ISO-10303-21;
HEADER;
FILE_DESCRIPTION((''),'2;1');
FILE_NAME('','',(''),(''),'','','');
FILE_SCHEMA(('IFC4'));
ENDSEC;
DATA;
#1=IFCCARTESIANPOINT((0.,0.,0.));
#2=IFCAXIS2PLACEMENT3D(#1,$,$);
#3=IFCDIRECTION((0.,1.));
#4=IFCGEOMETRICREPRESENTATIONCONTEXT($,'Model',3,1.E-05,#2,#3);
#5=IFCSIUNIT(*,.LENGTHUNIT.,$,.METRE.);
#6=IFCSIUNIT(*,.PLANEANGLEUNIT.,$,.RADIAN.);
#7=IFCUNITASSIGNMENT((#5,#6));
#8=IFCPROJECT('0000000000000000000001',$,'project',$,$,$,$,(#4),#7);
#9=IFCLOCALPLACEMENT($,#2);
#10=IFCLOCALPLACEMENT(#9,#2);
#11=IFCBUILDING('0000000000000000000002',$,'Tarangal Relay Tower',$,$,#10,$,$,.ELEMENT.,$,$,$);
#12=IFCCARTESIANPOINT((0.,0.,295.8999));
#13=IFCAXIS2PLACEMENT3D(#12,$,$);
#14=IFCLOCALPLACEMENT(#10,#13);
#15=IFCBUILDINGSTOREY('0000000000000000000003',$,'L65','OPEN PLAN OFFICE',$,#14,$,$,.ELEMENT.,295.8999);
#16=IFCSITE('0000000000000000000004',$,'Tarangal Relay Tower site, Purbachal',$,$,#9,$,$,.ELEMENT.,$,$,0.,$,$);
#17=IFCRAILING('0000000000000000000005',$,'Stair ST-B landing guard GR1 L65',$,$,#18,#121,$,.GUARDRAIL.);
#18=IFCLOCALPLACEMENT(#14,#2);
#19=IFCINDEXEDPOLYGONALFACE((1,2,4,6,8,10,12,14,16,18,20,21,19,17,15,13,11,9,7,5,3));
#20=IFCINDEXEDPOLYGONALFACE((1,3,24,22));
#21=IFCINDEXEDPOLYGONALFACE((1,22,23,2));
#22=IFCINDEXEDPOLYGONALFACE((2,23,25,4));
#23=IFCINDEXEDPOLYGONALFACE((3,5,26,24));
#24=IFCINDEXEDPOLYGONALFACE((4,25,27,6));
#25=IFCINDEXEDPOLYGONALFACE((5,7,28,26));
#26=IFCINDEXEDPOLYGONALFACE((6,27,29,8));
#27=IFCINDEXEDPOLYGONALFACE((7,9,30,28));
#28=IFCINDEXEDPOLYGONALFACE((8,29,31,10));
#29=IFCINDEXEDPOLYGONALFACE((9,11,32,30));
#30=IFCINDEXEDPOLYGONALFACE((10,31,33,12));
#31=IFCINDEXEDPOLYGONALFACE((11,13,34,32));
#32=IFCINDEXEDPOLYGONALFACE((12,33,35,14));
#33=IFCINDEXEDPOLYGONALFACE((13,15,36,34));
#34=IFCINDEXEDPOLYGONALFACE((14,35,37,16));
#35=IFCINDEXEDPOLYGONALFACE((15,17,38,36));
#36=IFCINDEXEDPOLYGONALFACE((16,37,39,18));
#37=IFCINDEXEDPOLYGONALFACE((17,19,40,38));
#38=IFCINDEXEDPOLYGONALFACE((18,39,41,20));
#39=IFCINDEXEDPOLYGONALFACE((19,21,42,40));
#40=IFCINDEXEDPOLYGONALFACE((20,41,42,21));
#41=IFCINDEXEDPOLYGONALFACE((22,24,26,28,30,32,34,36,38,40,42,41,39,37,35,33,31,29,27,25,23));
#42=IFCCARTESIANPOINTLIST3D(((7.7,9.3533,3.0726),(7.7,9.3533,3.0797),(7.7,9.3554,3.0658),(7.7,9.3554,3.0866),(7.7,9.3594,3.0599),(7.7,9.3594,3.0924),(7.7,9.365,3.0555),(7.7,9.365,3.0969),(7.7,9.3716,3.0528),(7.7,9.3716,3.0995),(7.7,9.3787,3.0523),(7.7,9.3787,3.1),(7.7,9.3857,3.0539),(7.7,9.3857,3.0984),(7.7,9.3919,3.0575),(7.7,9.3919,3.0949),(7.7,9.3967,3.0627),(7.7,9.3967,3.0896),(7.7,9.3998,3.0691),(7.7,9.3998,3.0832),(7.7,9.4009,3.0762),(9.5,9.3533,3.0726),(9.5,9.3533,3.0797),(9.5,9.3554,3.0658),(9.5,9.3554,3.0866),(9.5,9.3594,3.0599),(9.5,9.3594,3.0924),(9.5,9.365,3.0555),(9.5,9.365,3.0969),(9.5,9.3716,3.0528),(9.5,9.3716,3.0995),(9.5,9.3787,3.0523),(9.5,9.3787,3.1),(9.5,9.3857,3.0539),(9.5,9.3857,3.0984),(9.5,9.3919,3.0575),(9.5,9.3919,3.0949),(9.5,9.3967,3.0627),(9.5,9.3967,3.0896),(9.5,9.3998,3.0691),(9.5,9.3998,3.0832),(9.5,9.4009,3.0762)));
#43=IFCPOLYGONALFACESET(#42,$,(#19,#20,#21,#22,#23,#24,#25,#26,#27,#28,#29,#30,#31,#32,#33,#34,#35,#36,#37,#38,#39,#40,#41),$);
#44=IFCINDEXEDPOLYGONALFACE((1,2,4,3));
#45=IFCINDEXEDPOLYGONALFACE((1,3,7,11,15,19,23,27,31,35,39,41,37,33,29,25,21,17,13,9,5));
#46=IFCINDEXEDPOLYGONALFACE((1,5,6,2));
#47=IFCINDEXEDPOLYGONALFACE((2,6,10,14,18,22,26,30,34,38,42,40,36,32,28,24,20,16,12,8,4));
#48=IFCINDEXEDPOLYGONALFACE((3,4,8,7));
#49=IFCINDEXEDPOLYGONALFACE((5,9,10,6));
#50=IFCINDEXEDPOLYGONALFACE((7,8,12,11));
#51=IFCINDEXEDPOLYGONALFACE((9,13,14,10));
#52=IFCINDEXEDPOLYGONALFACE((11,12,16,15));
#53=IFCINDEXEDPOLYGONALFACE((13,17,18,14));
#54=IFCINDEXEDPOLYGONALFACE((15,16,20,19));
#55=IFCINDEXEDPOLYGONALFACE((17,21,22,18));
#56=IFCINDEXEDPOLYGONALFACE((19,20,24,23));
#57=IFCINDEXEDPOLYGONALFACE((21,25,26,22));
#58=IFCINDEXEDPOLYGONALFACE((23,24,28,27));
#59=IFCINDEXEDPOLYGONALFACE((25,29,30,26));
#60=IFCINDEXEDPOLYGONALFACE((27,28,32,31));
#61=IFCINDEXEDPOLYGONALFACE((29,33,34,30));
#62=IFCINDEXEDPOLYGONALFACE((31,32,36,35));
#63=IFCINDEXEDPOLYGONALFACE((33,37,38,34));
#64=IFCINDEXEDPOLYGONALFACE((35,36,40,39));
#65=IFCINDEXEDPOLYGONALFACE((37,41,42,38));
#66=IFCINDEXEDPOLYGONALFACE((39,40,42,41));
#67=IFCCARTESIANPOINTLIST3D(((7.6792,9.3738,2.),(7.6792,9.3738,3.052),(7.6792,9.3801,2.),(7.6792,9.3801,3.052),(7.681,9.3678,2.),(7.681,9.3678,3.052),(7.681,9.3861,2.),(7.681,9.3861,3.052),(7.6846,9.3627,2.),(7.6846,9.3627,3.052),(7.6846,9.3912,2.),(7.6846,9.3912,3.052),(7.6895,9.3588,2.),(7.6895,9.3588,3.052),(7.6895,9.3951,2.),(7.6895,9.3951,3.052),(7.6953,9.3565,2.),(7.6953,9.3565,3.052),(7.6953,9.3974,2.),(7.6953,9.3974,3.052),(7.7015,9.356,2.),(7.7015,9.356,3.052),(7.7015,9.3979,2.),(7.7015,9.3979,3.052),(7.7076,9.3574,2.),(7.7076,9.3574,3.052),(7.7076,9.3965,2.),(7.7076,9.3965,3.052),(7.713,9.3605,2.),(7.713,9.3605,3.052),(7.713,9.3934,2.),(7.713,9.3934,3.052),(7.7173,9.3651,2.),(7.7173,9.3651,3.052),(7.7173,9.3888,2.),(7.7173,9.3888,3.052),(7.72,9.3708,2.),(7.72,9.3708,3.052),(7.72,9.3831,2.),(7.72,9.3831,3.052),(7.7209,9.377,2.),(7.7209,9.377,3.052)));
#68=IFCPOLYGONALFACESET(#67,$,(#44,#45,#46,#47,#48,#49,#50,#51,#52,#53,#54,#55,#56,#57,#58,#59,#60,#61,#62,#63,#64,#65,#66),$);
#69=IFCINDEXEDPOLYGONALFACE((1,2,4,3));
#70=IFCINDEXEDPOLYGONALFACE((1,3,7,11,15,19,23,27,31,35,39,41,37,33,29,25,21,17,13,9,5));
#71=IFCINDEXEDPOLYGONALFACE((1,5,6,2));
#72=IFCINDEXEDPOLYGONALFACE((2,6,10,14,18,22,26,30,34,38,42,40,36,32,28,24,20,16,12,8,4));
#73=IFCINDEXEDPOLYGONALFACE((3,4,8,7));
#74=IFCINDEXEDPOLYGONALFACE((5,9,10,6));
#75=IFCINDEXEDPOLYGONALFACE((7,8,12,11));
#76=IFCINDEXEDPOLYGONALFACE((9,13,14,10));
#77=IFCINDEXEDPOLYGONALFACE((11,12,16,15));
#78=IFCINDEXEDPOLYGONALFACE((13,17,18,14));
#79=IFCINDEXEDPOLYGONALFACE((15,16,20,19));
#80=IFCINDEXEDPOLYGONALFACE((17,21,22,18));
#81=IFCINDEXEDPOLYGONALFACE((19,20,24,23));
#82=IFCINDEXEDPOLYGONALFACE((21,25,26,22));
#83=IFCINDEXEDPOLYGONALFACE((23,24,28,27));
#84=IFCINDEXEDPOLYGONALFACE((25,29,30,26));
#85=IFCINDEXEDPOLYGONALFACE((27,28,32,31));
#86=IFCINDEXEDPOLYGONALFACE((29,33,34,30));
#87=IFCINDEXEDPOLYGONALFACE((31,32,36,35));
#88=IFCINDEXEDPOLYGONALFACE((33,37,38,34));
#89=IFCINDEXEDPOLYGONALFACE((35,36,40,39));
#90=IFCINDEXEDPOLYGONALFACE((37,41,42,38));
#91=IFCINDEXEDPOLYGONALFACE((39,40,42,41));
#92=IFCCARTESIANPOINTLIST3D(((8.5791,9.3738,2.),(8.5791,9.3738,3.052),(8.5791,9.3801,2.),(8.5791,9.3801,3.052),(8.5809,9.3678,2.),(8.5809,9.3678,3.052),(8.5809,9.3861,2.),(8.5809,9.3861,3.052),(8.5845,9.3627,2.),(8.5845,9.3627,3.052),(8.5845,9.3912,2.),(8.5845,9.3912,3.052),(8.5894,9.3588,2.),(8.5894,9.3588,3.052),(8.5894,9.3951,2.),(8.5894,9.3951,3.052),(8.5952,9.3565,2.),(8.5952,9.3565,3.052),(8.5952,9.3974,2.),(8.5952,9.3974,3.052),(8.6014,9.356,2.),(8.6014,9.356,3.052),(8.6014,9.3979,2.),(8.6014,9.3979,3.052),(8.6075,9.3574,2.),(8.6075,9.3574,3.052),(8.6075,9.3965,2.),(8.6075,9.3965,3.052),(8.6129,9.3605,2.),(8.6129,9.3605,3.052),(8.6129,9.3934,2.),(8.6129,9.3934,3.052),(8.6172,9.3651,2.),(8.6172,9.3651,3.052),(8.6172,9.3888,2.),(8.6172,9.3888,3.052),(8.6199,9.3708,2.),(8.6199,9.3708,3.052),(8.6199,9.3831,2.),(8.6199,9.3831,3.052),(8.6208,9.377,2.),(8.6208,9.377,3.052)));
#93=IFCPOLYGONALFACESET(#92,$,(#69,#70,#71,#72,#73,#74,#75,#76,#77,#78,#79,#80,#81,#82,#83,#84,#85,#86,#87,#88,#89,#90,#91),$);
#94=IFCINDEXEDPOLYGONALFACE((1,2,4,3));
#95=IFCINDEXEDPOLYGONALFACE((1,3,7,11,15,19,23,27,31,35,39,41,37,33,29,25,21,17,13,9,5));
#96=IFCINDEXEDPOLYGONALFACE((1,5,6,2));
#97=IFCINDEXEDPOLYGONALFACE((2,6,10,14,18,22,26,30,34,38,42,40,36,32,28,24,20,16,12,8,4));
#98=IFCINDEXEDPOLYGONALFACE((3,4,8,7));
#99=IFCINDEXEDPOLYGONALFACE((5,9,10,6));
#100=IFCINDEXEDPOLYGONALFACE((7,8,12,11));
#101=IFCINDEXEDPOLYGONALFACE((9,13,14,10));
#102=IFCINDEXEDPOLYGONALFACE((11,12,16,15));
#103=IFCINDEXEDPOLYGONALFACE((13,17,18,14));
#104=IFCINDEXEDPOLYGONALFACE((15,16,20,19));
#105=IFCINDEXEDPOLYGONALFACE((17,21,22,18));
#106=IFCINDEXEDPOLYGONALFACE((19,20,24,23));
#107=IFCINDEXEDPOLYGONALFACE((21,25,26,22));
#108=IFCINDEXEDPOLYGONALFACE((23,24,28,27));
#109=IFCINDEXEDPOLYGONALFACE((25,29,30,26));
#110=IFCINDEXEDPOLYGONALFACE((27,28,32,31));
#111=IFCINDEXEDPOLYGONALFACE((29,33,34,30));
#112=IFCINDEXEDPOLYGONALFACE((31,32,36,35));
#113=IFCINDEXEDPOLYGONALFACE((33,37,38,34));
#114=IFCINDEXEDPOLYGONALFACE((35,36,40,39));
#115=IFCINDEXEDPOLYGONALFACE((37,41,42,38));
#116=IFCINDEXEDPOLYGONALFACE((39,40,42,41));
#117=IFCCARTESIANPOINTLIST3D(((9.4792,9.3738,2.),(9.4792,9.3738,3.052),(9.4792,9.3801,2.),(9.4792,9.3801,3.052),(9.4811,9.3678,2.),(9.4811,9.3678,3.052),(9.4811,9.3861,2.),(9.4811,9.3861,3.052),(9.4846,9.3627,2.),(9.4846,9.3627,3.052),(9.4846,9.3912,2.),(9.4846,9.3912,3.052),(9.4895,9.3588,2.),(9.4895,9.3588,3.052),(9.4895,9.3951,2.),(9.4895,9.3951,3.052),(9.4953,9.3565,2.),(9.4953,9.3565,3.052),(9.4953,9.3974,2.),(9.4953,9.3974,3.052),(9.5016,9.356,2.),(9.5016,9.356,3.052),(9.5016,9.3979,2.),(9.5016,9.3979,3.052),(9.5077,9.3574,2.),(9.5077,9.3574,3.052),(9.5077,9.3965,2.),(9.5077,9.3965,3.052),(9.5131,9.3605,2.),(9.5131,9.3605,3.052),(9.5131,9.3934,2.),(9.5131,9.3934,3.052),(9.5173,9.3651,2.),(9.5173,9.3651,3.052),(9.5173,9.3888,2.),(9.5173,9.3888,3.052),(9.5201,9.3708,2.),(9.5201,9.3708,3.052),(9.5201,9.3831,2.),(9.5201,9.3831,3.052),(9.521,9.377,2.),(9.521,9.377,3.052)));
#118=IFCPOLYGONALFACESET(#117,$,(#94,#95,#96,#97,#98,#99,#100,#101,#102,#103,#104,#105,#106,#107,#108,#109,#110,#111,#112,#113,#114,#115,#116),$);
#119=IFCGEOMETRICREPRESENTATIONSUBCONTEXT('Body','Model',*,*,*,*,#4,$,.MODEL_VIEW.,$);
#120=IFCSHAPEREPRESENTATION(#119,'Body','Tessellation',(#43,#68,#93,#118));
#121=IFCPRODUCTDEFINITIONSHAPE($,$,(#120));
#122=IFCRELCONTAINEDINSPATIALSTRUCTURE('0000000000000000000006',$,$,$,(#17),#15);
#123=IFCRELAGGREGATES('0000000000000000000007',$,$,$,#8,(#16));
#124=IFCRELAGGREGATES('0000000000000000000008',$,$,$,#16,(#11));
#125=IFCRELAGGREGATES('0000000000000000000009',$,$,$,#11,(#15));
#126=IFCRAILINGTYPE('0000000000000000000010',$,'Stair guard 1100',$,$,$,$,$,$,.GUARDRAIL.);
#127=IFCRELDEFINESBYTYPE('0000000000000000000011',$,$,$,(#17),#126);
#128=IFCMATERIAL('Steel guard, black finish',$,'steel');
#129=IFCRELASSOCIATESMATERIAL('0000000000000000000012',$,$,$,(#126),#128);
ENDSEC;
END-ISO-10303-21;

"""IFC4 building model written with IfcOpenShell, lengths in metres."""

from ifc_helpers import new_model, si_unit, direction, frame, origin, origin_2d, place, context, subcontext, project, spatial, circle, extrude, material, type_object, element, save


model = new_model("IFC4")

# Units and contexts
model_context = context("Model", 3, precision=1e-05, world=origin(), true_north=direction((0.0, 1.0)))
body_context = subcontext(model_context, "Body", "Model", "MODEL_VIEW")
ifc_project = project(units=[si_unit("LENGTHUNIT", "METRE"), si_unit("PLANEANGLEUNIT", "RADIAN")], contexts=[model_context])

# Site, building, storey
site_placement = place(None, origin())
site = spatial("IfcSite", under=ifc_project, at=site_placement, Name="Tarangal Relay Tower site, Purbachal", CompositionType="ELEMENT", RefElevation=0.0)
building_placement = place(site_placement, origin())
building = spatial("IfcBuilding", under=site, at=building_placement, Name="Tarangal Relay Tower", CompositionType="ELEMENT")
storey_placement = place(building_placement, frame((0.0, 0.0, 295.8999)))
storey = spatial("IfcBuildingStorey", under=building, at=storey_placement, Name="L65", Description="OPEN PLAN OFFICE", CompositionType="ELEMENT", Elevation=295.8999)

# Railing
ifc_material_1 = material(Name="Steel guard, black finish", Category="steel")
railing_type = type_object("IfcRailingType", Name="Stair guard 1100", PredefinedType="GUARDRAIL", material=ifc_material_1)
railing_placement = place(storey_placement, frame((7.7, 9.377, 2.0)))
element("IfcRailing", 1, at=railing_placement, inside=storey, type_object=railing_type, Name="Stair ST-B landing guard GR1 L65", PredefinedType="GUARDRAIL", context=body_context, shape_type="SweptSolid", body=[
    extrude(circle(Radius=0.0239, at=origin_2d()), frame((0.0, 0.0, 1.0762), z_axis=(1.0, 0.0, 0.0), x_axis=(0.0, 1.0, 0.0)), (0.0, 0.0, 1.0), 1.8),
    extrude(circle(Radius=0.021, at=origin_2d()), origin(), (0.0, 0.0, 1.0), 1.052),
    extrude(circle(Radius=0.021, at=origin_2d()), frame((0.8999, 0.0, 0.0)), (0.0, 0.0, 1.0), 1.052),
    extrude(circle(Radius=0.021, at=origin_2d()), frame((1.8, 0.0, 0.0)), (0.0, 0.0, 1.0), 1.052),
])

save(model, "model.ifc")
